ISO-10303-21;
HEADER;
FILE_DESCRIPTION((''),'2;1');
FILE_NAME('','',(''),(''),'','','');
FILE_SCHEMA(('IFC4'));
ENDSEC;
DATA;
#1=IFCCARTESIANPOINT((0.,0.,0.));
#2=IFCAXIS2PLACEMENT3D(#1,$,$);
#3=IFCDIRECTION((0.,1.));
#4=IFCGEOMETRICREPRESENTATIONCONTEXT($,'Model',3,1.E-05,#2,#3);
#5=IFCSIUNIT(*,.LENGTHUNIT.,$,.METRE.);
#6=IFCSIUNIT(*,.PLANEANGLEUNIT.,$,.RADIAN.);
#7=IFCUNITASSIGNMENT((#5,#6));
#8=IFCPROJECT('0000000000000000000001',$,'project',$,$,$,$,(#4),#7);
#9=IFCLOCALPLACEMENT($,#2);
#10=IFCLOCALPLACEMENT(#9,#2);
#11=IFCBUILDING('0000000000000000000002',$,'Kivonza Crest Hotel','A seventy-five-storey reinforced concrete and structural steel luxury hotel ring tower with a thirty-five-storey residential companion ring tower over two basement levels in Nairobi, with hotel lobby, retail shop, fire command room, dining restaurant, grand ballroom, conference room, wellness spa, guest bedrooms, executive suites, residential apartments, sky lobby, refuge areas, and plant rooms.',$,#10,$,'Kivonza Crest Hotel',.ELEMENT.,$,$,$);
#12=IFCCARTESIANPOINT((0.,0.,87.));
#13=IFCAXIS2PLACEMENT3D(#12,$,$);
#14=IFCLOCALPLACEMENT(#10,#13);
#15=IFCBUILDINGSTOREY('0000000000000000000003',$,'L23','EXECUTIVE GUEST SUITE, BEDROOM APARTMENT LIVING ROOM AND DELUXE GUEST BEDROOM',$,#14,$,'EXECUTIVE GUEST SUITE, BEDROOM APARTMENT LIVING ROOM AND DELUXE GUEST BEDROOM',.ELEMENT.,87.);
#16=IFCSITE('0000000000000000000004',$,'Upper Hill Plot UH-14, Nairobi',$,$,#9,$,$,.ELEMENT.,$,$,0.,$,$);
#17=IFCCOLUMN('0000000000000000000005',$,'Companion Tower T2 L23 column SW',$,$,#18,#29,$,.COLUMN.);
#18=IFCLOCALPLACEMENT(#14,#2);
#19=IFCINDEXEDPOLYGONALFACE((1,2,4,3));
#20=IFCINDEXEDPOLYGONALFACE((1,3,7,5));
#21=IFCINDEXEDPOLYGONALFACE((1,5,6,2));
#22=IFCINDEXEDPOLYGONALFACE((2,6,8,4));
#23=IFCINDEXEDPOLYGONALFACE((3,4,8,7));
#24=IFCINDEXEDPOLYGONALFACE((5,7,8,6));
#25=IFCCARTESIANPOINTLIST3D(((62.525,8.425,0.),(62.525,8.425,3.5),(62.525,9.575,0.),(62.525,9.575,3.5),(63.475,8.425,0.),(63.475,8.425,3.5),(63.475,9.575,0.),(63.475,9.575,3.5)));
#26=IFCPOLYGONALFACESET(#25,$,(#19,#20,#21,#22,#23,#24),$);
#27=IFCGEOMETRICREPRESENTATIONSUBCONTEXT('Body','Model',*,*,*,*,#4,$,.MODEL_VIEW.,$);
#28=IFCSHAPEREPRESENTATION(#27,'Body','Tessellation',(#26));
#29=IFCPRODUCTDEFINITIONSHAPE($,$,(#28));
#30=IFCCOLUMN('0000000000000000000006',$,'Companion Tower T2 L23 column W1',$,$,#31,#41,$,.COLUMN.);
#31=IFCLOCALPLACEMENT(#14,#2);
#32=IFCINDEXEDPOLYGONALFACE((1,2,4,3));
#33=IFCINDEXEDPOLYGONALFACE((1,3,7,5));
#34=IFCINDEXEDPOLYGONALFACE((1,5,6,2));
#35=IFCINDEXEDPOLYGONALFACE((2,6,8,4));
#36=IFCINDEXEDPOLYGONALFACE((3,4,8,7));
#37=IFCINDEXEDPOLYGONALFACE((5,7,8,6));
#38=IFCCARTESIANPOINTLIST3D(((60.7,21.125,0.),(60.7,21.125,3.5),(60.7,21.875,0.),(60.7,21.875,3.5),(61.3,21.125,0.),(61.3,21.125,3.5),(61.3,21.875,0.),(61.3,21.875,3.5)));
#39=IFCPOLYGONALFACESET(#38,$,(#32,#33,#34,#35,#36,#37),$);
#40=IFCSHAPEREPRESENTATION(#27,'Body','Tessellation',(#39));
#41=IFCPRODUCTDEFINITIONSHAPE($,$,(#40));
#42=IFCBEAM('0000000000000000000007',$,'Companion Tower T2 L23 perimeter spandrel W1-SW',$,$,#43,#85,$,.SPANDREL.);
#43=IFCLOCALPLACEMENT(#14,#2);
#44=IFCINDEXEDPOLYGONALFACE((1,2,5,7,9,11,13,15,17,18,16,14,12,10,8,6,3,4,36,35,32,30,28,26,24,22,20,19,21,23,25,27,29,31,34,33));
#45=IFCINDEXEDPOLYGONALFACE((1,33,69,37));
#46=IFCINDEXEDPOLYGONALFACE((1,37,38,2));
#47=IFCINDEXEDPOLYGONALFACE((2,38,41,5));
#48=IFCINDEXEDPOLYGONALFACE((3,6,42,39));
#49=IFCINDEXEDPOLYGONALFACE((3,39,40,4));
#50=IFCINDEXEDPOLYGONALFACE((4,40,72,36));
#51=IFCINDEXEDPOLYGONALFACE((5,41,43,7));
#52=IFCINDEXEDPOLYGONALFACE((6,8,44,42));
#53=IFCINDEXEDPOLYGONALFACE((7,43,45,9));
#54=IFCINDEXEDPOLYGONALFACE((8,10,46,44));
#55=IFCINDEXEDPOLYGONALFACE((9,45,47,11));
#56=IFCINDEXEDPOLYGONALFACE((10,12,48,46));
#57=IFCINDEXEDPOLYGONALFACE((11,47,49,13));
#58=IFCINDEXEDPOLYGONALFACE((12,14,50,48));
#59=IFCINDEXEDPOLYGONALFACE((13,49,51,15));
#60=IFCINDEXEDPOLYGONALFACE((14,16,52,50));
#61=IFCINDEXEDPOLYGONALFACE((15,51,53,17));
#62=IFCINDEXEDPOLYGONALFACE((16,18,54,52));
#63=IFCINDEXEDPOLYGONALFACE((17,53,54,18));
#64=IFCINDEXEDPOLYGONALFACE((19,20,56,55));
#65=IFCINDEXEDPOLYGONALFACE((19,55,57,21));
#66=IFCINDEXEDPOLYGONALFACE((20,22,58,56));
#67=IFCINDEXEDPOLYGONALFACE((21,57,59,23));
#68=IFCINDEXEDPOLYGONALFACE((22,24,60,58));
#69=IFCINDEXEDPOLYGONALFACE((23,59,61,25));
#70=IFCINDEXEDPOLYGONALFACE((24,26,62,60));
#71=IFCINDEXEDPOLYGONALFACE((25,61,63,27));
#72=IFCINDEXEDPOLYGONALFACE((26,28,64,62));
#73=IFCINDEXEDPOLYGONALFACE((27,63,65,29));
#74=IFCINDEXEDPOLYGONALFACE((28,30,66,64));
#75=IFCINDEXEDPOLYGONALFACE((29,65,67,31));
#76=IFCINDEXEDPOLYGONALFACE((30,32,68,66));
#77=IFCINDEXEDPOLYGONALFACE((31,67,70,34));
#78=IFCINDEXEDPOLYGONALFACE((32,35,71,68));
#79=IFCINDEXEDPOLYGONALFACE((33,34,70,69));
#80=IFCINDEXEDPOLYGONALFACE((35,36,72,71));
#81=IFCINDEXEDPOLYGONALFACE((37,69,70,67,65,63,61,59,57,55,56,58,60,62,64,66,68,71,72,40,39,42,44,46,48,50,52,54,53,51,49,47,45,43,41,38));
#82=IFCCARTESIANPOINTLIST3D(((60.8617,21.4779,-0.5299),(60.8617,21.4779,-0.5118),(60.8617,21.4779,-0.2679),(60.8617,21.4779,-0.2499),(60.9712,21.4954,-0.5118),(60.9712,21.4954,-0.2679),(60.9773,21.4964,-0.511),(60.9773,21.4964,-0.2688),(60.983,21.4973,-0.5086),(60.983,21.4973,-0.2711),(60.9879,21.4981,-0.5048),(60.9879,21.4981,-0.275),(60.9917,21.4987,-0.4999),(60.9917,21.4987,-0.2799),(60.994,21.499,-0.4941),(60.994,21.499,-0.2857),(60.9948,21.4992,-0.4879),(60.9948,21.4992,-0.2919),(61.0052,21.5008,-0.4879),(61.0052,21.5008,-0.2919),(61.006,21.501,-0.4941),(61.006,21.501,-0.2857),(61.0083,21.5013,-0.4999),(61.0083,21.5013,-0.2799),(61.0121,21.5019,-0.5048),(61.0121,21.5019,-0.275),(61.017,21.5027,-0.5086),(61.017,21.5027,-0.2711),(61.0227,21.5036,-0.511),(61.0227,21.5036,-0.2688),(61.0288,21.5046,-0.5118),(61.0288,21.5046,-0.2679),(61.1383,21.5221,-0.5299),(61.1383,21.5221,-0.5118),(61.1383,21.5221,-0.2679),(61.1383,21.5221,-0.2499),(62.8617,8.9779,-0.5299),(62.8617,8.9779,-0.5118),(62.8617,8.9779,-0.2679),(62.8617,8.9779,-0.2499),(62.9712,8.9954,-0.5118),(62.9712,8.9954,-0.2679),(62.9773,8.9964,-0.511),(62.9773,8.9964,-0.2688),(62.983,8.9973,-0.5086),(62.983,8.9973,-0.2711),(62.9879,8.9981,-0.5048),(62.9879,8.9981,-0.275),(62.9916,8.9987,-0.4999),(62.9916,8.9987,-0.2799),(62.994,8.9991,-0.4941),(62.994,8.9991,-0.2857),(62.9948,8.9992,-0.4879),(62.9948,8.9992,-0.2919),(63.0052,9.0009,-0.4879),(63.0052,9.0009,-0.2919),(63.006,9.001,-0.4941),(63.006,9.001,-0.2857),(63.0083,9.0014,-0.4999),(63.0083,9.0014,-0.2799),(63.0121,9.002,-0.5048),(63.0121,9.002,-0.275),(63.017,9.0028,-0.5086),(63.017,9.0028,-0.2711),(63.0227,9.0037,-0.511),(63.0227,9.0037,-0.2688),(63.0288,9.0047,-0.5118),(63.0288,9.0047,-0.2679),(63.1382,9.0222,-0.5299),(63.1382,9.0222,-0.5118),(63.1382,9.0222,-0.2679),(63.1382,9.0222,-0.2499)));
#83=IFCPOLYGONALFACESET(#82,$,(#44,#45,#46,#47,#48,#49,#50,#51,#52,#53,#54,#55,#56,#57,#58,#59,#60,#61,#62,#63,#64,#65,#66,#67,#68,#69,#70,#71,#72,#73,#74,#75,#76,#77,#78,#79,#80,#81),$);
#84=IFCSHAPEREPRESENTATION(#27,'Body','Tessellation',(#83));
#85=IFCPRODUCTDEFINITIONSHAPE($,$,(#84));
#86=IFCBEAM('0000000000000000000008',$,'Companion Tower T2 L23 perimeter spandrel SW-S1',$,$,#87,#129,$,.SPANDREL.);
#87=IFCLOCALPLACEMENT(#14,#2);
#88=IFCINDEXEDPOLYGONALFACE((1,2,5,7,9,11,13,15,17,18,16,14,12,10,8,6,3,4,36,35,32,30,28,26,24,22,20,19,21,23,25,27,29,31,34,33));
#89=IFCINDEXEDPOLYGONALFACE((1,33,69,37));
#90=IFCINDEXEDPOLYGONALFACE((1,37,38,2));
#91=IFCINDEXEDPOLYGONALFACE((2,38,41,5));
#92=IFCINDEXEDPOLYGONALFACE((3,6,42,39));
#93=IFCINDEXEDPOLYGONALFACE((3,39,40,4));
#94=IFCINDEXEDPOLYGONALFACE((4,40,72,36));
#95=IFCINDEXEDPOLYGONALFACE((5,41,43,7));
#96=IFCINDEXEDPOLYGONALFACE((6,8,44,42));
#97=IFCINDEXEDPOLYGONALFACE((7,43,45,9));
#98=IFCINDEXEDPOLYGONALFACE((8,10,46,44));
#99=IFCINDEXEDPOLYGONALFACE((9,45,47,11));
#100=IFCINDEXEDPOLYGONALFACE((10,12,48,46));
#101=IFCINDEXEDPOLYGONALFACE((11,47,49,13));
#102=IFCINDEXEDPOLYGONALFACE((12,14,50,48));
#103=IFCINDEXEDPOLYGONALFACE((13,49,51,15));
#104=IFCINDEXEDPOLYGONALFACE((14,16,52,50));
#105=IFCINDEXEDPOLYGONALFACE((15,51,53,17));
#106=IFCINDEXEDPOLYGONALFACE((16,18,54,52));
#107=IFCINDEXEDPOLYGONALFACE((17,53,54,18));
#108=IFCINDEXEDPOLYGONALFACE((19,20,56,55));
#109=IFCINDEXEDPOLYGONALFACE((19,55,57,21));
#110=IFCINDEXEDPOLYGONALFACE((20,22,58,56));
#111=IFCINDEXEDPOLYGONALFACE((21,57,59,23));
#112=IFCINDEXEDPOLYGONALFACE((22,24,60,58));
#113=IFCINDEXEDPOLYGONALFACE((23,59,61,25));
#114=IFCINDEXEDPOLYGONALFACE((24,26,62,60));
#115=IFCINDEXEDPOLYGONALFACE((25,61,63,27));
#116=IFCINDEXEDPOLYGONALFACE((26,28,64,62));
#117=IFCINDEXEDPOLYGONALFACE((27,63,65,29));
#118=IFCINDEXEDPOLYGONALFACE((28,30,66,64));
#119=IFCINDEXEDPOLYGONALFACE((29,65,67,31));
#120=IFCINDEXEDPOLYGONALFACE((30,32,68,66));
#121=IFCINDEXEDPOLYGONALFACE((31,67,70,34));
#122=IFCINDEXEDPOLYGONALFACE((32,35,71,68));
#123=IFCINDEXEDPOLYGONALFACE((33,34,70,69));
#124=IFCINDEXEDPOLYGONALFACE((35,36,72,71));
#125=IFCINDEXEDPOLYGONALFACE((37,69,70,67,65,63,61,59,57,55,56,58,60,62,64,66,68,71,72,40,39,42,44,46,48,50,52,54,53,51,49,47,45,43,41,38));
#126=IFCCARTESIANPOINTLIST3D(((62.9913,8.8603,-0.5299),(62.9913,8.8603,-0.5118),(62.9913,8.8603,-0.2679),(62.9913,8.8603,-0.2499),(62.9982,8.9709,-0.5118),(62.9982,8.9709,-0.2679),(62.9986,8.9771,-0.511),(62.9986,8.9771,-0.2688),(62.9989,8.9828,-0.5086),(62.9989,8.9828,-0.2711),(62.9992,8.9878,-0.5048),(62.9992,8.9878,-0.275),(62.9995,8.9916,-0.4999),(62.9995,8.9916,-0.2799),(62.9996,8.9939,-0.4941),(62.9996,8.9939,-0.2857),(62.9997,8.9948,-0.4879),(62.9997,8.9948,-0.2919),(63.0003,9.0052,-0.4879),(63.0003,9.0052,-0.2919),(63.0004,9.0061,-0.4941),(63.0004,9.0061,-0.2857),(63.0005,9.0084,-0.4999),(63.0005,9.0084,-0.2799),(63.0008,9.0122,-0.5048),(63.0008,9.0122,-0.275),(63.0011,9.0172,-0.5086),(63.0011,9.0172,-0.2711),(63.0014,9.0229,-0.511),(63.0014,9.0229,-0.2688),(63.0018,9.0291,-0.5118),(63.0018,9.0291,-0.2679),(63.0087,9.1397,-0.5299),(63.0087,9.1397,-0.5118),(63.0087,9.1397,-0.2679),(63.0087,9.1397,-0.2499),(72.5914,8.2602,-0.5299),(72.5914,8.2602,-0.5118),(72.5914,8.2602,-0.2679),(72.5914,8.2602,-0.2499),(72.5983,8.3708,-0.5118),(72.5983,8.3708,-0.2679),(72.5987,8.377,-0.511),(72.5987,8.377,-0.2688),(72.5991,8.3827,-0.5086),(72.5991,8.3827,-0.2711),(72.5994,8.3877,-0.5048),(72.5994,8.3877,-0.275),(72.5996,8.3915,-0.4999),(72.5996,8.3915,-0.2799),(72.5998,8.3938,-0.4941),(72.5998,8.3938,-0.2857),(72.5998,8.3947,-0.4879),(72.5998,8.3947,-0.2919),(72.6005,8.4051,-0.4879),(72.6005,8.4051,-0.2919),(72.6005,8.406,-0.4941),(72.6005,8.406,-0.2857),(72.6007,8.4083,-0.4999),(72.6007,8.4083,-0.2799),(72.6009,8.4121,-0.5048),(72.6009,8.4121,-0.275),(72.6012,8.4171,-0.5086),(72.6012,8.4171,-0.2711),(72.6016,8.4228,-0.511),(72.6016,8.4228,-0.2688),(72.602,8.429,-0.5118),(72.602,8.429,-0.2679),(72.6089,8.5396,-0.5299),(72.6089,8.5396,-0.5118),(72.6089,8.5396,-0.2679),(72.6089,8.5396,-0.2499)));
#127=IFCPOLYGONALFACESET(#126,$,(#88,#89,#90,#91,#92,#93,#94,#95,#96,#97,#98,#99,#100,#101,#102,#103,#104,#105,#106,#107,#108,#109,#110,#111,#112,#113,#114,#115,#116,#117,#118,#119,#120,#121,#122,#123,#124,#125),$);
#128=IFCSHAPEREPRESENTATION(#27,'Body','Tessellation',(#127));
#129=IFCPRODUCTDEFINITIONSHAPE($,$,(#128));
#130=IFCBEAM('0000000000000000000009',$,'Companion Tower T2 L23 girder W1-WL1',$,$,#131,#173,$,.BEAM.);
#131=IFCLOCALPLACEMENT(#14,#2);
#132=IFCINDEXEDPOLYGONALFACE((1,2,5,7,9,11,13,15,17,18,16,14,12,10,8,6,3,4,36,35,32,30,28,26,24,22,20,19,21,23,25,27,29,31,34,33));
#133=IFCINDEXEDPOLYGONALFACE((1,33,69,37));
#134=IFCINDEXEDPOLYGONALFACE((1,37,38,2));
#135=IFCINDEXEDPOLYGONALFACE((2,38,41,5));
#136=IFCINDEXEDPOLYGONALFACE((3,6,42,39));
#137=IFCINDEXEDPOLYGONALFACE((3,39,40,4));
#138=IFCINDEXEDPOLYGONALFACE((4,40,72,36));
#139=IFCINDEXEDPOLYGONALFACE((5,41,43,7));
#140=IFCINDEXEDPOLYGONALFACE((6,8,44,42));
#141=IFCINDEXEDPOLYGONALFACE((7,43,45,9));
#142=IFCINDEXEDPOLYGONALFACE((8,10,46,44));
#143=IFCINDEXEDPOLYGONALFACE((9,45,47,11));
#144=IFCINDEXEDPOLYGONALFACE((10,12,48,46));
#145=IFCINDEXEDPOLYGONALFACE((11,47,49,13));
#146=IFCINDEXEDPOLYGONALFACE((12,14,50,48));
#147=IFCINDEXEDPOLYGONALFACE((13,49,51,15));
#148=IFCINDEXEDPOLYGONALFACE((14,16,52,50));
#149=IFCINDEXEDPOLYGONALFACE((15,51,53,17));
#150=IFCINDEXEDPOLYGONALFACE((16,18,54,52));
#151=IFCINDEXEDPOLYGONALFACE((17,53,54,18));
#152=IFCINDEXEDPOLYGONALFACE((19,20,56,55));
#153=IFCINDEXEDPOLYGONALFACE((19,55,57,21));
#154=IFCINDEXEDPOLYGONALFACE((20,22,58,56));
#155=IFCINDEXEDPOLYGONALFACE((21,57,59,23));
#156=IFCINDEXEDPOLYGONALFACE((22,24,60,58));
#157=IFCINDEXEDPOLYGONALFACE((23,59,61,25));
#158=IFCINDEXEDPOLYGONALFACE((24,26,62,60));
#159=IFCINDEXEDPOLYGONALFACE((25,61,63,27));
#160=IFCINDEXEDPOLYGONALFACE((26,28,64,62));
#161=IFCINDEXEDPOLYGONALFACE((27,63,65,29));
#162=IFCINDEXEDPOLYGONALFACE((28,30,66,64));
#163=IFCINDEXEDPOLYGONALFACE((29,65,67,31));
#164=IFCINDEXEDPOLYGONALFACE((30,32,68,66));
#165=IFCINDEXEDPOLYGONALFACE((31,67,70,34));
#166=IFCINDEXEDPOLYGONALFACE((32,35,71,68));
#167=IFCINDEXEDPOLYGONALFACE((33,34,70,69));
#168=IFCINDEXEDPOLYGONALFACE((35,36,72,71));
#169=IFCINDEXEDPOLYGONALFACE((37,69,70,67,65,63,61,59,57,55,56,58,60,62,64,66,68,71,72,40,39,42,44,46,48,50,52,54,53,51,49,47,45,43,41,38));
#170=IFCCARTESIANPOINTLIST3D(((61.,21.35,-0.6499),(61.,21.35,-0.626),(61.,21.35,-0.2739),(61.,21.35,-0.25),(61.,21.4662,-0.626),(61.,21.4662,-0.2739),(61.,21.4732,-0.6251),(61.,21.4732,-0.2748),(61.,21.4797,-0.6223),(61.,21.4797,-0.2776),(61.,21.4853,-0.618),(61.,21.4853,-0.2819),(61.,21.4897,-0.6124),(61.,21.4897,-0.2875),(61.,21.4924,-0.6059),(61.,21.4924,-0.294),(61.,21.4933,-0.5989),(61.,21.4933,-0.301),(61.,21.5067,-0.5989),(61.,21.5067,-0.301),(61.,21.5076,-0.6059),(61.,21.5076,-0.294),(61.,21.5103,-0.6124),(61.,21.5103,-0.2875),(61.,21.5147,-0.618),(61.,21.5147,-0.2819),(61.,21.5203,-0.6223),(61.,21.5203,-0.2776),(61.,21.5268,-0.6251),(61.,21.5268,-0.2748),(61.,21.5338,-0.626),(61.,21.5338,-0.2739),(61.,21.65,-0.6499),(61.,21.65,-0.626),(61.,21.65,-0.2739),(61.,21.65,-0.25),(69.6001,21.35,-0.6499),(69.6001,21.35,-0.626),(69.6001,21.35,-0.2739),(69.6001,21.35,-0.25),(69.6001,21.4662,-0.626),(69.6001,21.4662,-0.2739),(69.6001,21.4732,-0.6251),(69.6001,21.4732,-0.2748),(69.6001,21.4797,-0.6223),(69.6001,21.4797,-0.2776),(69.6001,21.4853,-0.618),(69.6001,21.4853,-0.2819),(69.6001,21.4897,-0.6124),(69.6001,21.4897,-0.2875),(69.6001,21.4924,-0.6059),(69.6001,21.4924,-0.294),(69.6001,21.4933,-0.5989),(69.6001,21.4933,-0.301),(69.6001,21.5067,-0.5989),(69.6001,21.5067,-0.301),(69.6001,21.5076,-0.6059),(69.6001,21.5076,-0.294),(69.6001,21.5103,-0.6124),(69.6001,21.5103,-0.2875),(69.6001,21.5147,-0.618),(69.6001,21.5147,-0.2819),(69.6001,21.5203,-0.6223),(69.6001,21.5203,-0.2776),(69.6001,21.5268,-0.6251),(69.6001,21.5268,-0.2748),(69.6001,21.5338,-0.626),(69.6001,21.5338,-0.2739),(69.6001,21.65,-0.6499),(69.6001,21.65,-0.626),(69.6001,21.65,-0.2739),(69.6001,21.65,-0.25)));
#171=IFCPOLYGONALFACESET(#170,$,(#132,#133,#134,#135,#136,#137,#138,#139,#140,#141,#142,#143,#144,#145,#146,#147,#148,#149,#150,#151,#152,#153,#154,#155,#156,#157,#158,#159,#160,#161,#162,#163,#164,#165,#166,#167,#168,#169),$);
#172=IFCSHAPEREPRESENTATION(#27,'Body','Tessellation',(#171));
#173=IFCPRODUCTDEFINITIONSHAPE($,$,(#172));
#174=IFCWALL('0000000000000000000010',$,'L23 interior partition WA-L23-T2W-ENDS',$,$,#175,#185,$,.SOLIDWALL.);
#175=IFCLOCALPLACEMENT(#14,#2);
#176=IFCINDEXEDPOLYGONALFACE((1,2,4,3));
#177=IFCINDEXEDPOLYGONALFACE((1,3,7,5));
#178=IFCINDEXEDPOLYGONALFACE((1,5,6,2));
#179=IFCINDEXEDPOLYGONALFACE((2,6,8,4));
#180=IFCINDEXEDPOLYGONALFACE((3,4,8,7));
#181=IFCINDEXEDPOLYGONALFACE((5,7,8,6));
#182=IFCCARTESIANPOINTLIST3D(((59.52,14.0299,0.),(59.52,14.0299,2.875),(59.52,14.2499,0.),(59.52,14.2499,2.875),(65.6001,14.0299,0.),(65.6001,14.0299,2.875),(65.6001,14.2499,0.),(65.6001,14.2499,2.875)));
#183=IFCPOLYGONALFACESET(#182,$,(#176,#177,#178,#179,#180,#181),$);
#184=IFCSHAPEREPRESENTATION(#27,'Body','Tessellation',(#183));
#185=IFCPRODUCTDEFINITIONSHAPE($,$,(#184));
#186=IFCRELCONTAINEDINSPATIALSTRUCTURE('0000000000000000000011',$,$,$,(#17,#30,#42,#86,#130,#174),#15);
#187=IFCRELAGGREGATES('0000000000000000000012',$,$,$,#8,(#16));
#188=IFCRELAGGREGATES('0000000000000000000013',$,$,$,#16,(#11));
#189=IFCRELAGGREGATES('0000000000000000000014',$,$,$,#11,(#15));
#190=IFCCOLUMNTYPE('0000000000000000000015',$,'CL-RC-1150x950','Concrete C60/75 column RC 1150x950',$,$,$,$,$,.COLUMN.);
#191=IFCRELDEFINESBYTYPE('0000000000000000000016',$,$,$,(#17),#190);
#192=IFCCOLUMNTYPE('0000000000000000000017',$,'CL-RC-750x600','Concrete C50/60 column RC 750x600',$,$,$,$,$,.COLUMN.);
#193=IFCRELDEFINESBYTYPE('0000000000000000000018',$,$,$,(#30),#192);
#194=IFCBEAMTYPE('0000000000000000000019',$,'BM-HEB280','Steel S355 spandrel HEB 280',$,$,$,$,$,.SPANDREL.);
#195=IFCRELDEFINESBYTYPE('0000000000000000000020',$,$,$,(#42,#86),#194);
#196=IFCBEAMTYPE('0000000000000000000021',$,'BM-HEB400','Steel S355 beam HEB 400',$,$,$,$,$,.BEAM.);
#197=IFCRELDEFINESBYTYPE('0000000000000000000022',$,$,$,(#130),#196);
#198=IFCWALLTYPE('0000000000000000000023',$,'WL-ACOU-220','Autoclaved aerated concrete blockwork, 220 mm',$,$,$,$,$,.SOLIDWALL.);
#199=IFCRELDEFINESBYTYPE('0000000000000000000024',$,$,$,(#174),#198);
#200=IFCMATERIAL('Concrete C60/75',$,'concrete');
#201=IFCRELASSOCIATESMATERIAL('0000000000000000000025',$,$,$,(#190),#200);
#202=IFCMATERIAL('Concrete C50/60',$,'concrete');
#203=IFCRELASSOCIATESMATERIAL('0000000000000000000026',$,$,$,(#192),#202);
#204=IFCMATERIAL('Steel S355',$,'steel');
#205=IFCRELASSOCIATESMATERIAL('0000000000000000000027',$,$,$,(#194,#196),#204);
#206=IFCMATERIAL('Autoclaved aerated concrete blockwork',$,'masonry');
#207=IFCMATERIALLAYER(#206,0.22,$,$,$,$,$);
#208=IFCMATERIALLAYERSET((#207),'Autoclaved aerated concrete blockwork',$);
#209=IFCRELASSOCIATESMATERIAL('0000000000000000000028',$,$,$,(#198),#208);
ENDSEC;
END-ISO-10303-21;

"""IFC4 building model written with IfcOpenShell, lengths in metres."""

from ifc_helpers import new_model, si_unit, direction, frame, frame_2d, origin, origin_2d, place, context, subcontext, project, spatial, rectangle, i_section, extrude, material, layer, layer_set, material_profile, profile_set, type_object, element, save


model = new_model("IFC4")

# Units and contexts
model_context = context("Model", 3, precision=1e-05, world=origin(), true_north=direction((0.0, 1.0)))
body_context = subcontext(model_context, "Body", "Model", "MODEL_VIEW")
ifc_project = project(units=[si_unit("LENGTHUNIT", "METRE"), si_unit("PLANEANGLEUNIT", "RADIAN")], contexts=[model_context])

# Site, building, storey
site_placement = place(None, origin())
site = spatial("IfcSite", under=ifc_project, at=site_placement, Name="Upper Hill Plot UH-14, Nairobi", CompositionType="ELEMENT", RefElevation=0.0)
building_placement = place(site_placement, origin())
building = spatial("IfcBuilding", under=site, at=building_placement, Name="Kivonza Crest Hotel", Description="A seventy-five-storey reinforced concrete and structural steel luxury hotel ring tower with a thirty-five-storey residential companion ring tower over two basement levels in Nairobi, with hotel lobby, retail shop, fire command room, dining restaurant, grand ballroom, conference room, wellness spa, guest bedrooms, executive suites, residential apartments, sky lobby, refuge areas, and plant rooms.", LongName="Kivonza Crest Hotel", CompositionType="ELEMENT")
storey_placement = place(building_placement, frame((0.0, 0.0, 87.0)))
storey = spatial("IfcBuildingStorey", under=building, at=storey_placement, Name="L23", Description="EXECUTIVE GUEST SUITE, BEDROOM APARTMENT LIVING ROOM AND DELUXE GUEST BEDROOM", LongName="EXECUTIVE GUEST SUITE, BEDROOM APARTMENT LIVING ROOM AND DELUXE GUEST BEDROOM", CompositionType="ELEMENT", Elevation=87.0)

# Columns
ifc_material_1 = material(Name="Concrete C60/75", Category="concrete")
ifc_material_profile_1 = material_profile(ifc_material_1, rectangle(XDim=0.95, YDim=1.1499, at=origin_2d()), Name="RC 1150x950")
ifc_profile_set_1 = profile_set([ifc_material_profile_1], Name="Concrete C60/75")
column_type_1 = type_object("IfcColumnType", Name="CL-RC-1150x950", Description="Concrete C60/75 column RC 1150x950", PredefinedType="COLUMN", material=ifc_profile_set_1)
column_1_placement = place(storey_placement, frame((63.0, 9.0, 0.0), z_axis=(0.0, 0.0, 1.0), x_axis=(1.0, 0.0, 0.0)))
element("IfcColumn", 1, at=column_1_placement, inside=storey, type_object=column_type_1, Name="Companion Tower T2 L23 column SW", PredefinedType="COLUMN", context=body_context, shape_type="SweptSolid", body=[
    extrude(rectangle(XDim=0.95, YDim=1.1499, at=origin_2d()), origin(), (0.0, 0.0, 1.0), 3.5),
])
ifc_material_2 = material(Name="Concrete C50/60", Category="concrete")
ifc_material_profile_2 = material_profile(ifc_material_2, rectangle(XDim=0.6001, YDim=0.75, at=origin_2d()), Name="RC 750x600")
ifc_profile_set_2 = profile_set([ifc_material_profile_2], Name="Concrete C50/60")
column_type_2 = type_object("IfcColumnType", Name="CL-RC-750x600", Description="Concrete C50/60 column RC 750x600", PredefinedType="COLUMN", material=ifc_profile_set_2)
column_2_placement = place(storey_placement, frame((61.0, 21.5, 0.0), z_axis=(0.0, 0.0, 1.0), x_axis=(1.0, 0.0, 0.0)))
element("IfcColumn", 2, at=column_2_placement, inside=storey, type_object=column_type_2, Name="Companion Tower T2 L23 column W1", PredefinedType="COLUMN", context=body_context, shape_type="SweptSolid", body=[
    extrude(rectangle(XDim=0.6001, YDim=0.75, at=origin_2d()), origin(), (0.0, 0.0, 1.0), 3.5),
])

# Beams
ifc_material_3 = material(Name="Steel S355", Category="steel")
ifc_material_profile_3 = material_profile(ifc_material_3, i_section(OverallWidth=0.28, OverallDepth=0.28, WebThickness=0.0105, FlangeThickness=0.0181, FilletRadius=0.0239, at=origin_2d()), Name="HEB 280")
ifc_profile_set_3 = profile_set([ifc_material_profile_3], Name="Steel S355")
beam_type_1 = type_object("IfcBeamType", Name="BM-HEB280", Description="Steel S355 spandrel HEB 280", PredefinedType="SPANDREL", material=ifc_profile_set_3)
beam_1_placement = place(storey_placement, frame((61.0, 21.5, -0.3899), z_axis=(0.157991, -0.987441, 0.0), x_axis=(0.987441, 0.157991, 0.0)))
element("IfcBeam", 3, at=beam_1_placement, inside=storey, type_object=beam_type_1, Name="Companion Tower T2 L23 perimeter spandrel W1-SW", PredefinedType="SPANDREL", context=body_context, shape_type="SweptSolid", body=[
    extrude(i_section(OverallWidth=0.28, OverallDepth=0.28, WebThickness=0.0105, FlangeThickness=0.0181, FilletRadius=0.0239, at=origin_2d()), origin(), (0.0, 0.0, 1.0), 12.6589),
])
beam_2_placement = place(storey_placement, frame((63.0, 9.0, -0.3899), z_axis=(0.998052, -0.062388, 0.0), x_axis=(0.062388, 0.998052, 0.0)))
element("IfcBeam", 4, at=beam_2_placement, inside=storey, type_object=beam_type_1, Name="Companion Tower T2 L23 perimeter spandrel SW-S1", PredefinedType="SPANDREL", context=body_context, shape_type="SweptSolid", body=[
    extrude(i_section(OverallWidth=0.28, OverallDepth=0.28, WebThickness=0.0105, FlangeThickness=0.0181, FilletRadius=0.0239, at=origin_2d()), origin(), (0.0, 0.0, 1.0), 9.6189),
])
ifc_material_profile_4 = material_profile(ifc_material_3, i_section(OverallWidth=0.3, OverallDepth=0.3999, WebThickness=0.0134, FlangeThickness=0.0239, FilletRadius=0.0271, at=origin_2d()), Name="HEB 400")
ifc_profile_set_4 = profile_set([ifc_material_profile_4], Name="Steel S355")
beam_type_2 = type_object("IfcBeamType", Name="BM-HEB400", Description="Steel S355 beam HEB 400", PredefinedType="BEAM", material=ifc_profile_set_4)
beam_3_placement = place(storey_placement, frame((61.0, 21.5, -0.45), z_axis=(1.0, 0.0, 0.0), x_axis=(0.0, 1.0, 0.0)))
element("IfcBeam", 5, at=beam_3_placement, inside=storey, type_object=beam_type_2, Name="Companion Tower T2 L23 girder W1-WL1", PredefinedType="BEAM", context=body_context, shape_type="SweptSolid", body=[
    extrude(i_section(OverallWidth=0.3, OverallDepth=0.3999, WebThickness=0.0134, FlangeThickness=0.0239, FilletRadius=0.0271, at=origin_2d()), origin(), (0.0, 0.0, 1.0), 8.6001),
])

# Wall
ifc_material_4 = material(Name="Autoclaved aerated concrete blockwork", Category="masonry")
ifc_layer_1 = layer(ifc_material_4, 0.22)
ifc_layer_set_1 = layer_set([ifc_layer_1], Name="Autoclaved aerated concrete blockwork")
wall_type_1 = type_object("IfcWallType", Name="WL-ACOU-220", Description="Autoclaved aerated concrete blockwork, 220 mm", PredefinedType="SOLIDWALL", material=ifc_layer_set_1)
wall_1_placement = place(storey_placement, frame((59.52, 14.1399, 0.0), z_axis=(0.0, 0.0, 1.0), x_axis=(1.0, 0.0, 0.0)))
element("IfcWall", 6, at=wall_1_placement, inside=storey, type_object=wall_type_1, Name="L23 interior partition WA-L23-T2W-ENDS", PredefinedType="SOLIDWALL", context=body_context, shape_type="SweptSolid", body=[
    extrude(rectangle(XDim=6.0801, YDim=0.22, at=frame_2d((3.04, 0.0))), origin(), (0.0, 0.0, 1.0), 2.875),
])

save(model, "model.ifc")
